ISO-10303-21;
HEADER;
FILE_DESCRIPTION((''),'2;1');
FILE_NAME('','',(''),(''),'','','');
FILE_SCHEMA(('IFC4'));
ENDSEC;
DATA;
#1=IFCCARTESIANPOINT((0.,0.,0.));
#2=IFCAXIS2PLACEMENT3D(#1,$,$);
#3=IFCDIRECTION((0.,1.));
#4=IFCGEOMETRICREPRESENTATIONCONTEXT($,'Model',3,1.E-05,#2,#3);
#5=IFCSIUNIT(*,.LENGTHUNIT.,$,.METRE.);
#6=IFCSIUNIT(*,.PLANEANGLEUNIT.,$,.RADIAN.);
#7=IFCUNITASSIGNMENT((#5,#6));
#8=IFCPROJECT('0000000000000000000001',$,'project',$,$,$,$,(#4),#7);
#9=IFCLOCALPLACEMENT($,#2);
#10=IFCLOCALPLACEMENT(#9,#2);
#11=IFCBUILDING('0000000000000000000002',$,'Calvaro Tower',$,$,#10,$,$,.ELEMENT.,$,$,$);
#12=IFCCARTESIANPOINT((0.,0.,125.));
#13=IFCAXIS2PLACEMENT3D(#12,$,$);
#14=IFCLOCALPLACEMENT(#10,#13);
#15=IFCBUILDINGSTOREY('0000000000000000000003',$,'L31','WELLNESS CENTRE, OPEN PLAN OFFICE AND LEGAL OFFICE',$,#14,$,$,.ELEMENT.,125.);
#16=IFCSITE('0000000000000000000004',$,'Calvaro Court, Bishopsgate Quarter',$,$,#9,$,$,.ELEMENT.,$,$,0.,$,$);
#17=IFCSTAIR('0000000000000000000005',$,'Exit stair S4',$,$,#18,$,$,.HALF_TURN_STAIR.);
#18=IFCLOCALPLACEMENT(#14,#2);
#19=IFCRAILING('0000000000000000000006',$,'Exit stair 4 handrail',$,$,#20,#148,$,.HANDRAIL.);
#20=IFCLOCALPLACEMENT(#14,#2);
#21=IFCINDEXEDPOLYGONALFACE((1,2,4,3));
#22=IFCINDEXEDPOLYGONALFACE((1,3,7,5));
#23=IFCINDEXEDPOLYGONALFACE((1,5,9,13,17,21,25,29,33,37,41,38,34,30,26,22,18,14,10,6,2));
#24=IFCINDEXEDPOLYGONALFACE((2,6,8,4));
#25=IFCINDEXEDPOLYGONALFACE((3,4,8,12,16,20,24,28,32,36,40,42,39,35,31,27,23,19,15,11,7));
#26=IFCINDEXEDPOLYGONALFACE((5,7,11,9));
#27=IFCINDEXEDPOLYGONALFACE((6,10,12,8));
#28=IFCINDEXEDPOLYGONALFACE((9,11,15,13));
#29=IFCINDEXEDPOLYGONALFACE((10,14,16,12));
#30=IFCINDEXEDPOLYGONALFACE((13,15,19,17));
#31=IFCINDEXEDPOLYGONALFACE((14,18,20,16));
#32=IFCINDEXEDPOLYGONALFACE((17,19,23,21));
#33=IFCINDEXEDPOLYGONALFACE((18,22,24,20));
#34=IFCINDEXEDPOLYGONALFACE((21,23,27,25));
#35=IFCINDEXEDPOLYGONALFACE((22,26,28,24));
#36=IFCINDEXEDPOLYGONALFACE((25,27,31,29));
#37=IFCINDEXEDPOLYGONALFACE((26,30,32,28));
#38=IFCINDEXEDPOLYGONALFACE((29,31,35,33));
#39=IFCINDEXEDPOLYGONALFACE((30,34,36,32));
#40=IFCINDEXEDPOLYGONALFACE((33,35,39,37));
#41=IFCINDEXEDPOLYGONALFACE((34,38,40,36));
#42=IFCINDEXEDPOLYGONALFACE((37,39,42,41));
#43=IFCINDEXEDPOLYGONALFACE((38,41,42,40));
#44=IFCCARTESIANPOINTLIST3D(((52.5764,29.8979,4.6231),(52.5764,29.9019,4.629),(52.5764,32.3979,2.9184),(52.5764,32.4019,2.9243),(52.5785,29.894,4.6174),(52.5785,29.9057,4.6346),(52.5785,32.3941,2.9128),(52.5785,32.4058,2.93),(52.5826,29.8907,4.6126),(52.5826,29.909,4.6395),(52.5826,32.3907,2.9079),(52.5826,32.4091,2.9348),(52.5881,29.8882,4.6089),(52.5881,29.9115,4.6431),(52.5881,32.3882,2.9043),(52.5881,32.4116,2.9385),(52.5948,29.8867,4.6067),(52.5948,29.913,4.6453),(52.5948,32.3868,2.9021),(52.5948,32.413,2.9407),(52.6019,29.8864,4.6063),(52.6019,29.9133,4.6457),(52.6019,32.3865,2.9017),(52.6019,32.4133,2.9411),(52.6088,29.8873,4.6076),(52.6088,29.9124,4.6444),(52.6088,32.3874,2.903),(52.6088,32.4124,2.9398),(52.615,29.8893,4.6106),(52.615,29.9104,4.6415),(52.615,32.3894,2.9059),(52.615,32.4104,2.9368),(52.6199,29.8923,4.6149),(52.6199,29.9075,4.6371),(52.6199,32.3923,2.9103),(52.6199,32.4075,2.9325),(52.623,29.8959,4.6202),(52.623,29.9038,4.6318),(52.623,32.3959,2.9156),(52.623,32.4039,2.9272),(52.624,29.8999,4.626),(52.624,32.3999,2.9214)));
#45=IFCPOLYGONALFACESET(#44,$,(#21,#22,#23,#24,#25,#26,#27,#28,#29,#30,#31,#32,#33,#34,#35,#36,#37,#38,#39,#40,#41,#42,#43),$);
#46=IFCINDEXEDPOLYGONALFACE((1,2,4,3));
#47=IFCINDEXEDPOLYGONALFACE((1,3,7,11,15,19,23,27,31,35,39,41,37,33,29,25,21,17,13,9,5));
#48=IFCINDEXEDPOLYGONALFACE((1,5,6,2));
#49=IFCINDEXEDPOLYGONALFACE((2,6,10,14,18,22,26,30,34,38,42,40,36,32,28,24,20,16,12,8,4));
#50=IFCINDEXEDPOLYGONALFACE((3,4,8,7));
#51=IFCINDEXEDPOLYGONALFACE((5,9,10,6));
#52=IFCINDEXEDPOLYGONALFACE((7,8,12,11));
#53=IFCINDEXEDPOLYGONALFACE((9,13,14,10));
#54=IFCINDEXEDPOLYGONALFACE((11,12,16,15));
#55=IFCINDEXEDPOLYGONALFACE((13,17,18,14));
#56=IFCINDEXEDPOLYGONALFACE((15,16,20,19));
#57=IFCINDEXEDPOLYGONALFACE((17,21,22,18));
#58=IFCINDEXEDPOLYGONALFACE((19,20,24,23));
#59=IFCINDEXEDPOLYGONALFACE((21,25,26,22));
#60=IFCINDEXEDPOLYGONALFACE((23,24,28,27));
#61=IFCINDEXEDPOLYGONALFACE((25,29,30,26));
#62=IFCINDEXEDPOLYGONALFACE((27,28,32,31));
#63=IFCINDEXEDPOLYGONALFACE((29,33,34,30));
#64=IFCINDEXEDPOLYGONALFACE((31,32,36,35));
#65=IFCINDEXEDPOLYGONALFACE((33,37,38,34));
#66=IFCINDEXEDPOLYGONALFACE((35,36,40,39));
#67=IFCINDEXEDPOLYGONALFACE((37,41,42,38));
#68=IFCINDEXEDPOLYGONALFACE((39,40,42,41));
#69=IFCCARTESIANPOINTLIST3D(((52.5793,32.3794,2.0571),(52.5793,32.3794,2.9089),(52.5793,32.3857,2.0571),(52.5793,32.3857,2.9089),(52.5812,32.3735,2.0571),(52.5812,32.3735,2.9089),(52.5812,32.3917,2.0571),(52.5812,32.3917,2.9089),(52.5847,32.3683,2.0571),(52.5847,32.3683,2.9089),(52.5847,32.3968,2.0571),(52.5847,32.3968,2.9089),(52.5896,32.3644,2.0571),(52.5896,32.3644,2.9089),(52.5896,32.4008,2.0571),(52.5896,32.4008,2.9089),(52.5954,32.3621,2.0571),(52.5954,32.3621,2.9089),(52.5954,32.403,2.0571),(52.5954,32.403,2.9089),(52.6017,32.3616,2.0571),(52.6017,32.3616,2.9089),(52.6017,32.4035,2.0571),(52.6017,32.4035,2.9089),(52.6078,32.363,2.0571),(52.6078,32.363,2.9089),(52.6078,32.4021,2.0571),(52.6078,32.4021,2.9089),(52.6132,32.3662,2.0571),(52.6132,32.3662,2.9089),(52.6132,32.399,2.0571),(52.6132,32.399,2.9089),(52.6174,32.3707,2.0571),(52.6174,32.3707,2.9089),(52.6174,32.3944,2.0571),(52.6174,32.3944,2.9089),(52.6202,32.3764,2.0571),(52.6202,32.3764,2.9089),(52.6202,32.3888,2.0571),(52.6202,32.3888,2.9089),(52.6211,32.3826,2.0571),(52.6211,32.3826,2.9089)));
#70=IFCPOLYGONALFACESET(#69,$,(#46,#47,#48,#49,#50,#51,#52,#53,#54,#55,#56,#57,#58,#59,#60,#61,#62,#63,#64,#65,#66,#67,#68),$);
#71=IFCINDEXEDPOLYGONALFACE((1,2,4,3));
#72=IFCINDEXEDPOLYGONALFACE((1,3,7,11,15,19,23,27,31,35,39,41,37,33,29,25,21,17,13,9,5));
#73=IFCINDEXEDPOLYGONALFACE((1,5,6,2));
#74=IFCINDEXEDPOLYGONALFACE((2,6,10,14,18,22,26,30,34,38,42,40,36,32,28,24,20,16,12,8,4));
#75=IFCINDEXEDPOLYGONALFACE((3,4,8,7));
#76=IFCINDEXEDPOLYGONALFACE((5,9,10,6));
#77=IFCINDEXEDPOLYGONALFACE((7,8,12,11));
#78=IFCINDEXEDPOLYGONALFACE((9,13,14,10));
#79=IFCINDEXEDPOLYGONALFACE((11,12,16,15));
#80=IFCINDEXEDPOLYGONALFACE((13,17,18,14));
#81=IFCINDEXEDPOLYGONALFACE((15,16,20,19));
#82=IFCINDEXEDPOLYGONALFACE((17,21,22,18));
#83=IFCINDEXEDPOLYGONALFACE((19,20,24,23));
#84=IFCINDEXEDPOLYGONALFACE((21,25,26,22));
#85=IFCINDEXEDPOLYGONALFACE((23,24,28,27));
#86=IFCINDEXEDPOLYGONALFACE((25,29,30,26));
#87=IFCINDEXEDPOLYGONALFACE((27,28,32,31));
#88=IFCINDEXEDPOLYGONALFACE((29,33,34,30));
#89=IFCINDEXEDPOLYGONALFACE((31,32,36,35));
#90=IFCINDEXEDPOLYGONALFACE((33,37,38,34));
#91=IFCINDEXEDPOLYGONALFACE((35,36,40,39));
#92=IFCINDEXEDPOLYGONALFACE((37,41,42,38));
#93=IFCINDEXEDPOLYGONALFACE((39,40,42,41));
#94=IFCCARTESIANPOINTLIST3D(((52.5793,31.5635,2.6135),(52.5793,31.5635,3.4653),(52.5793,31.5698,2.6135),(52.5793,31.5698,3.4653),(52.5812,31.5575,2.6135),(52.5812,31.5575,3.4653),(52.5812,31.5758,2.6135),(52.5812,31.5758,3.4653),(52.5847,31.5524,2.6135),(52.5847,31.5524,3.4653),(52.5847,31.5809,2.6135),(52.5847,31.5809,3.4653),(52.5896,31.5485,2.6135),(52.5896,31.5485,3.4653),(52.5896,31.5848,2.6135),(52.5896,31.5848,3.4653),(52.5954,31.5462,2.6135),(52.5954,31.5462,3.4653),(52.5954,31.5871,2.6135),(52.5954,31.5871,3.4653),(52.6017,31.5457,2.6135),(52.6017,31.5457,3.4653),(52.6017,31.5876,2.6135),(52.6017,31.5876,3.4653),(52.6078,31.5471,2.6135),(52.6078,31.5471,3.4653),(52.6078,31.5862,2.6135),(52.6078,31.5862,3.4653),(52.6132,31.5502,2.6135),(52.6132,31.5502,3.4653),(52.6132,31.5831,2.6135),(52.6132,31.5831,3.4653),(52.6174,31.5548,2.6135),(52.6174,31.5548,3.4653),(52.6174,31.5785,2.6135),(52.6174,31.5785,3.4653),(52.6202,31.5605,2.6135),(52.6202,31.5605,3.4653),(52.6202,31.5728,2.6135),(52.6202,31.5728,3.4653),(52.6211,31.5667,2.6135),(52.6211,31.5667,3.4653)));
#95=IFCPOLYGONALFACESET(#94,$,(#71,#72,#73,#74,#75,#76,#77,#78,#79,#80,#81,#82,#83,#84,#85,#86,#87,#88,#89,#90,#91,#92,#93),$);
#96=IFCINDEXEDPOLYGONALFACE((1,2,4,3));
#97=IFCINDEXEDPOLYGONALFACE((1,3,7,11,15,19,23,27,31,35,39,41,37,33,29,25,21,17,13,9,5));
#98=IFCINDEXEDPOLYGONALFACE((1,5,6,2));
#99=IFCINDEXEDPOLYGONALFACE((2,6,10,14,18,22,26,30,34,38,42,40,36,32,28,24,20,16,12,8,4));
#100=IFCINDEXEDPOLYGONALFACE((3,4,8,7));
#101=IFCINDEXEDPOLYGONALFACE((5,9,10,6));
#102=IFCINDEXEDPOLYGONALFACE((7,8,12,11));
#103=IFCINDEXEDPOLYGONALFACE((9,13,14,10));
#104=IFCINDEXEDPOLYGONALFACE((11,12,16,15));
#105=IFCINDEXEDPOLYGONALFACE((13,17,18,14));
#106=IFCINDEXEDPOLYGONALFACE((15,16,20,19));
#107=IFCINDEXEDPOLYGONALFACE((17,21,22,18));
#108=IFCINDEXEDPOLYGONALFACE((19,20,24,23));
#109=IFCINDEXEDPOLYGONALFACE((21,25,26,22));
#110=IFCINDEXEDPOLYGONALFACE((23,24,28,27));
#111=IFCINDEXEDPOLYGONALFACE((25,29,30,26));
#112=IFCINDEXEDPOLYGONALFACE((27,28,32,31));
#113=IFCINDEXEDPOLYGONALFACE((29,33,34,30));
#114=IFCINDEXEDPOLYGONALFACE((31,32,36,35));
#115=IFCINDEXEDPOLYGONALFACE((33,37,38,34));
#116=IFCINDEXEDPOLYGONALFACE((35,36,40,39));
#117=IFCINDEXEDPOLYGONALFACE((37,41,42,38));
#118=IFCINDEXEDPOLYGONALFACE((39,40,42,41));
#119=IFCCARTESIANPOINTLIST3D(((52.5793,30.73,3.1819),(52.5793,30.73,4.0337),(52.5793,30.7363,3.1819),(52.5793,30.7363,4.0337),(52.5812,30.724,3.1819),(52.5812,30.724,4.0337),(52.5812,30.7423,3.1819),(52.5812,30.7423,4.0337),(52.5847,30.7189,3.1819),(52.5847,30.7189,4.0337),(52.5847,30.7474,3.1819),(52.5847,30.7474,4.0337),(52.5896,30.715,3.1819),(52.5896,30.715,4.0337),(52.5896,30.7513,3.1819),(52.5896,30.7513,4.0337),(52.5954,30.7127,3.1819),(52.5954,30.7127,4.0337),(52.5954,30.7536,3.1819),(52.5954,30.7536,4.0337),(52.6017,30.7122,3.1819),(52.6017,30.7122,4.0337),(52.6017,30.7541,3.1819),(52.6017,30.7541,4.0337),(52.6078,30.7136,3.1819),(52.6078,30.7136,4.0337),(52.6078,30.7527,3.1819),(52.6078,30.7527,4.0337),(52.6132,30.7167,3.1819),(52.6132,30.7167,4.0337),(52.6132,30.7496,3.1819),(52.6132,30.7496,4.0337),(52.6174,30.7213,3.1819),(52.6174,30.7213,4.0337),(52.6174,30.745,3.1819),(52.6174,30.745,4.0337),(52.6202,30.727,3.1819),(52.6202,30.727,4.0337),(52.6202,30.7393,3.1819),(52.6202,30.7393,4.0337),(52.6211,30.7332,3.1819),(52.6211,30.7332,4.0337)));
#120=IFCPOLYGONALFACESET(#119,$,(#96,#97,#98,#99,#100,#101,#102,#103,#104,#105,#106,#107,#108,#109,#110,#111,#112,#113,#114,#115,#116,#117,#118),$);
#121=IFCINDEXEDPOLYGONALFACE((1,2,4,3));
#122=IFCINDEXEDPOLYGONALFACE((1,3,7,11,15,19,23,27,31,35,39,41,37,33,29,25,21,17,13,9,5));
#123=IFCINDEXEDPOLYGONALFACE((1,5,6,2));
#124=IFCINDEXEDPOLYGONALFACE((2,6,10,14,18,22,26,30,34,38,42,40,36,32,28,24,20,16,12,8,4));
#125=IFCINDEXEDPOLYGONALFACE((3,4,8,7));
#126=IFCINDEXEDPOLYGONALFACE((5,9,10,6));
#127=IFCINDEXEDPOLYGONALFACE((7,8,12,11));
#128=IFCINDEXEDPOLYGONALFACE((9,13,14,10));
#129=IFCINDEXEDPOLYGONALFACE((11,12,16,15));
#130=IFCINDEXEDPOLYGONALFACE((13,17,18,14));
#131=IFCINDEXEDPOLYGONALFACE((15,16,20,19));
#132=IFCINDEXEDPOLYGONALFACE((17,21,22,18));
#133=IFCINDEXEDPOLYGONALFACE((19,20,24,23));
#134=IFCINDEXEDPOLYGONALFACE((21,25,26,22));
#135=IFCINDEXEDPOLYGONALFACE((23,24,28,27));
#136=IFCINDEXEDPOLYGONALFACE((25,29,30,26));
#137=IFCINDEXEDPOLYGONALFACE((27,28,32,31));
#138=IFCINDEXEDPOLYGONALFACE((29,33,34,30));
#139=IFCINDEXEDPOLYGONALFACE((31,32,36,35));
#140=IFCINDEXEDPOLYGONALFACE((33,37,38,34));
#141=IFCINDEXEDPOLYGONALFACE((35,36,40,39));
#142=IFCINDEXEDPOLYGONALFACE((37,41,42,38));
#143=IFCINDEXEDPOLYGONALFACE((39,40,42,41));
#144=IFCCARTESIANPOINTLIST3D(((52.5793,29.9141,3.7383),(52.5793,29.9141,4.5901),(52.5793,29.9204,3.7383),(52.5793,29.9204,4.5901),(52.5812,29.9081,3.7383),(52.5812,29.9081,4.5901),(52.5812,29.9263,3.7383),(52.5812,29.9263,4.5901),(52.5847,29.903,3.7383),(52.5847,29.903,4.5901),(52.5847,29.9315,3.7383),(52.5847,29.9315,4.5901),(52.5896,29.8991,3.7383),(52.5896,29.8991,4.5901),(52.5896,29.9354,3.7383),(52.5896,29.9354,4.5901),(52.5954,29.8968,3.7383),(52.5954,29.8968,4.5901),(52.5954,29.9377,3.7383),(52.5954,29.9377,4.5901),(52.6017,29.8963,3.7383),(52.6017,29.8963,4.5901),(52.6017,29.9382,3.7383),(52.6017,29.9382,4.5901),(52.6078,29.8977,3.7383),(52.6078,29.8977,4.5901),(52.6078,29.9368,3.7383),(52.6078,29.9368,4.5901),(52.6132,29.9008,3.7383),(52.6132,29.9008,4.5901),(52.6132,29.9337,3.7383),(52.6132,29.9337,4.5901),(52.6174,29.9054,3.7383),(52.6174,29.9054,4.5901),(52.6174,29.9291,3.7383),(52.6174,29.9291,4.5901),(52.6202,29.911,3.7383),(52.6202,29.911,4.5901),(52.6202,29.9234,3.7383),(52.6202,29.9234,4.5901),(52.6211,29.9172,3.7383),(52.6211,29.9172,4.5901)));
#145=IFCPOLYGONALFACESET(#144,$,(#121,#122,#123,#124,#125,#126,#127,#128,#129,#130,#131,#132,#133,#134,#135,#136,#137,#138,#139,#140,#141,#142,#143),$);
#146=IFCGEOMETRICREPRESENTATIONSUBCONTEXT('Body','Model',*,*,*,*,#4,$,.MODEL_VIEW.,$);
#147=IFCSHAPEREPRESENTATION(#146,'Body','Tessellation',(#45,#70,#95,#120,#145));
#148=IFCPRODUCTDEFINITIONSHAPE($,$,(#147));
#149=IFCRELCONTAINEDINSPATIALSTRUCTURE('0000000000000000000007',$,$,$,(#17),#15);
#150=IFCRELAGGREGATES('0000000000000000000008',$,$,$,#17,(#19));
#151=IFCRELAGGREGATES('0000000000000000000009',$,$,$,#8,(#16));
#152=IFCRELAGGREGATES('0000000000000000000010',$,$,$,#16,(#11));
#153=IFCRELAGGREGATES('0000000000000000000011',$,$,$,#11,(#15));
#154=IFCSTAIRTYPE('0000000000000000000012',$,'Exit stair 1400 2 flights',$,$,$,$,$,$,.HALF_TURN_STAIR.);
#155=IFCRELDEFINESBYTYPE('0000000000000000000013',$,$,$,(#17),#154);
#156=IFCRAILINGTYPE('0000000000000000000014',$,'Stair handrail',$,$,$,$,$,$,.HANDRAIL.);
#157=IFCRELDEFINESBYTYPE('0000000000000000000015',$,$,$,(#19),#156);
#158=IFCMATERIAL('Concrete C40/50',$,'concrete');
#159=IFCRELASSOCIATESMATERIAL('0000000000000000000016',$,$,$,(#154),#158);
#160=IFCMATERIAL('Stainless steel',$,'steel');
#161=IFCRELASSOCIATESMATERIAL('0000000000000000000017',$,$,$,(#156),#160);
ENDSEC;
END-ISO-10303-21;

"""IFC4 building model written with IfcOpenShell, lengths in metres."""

from ifc_helpers import new_model, si_unit, direction, frame, origin, origin_2d, place, context, subcontext, project, spatial, circle, extrude, material, type_object, element, aggregate, save


model = new_model("IFC4")

# Units and contexts
model_context = context("Model", 3, precision=1e-05, world=origin(), true_north=direction((0.0, 1.0)))
body_context = subcontext(model_context, "Body", "Model", "MODEL_VIEW")
ifc_project = project(units=[si_unit("LENGTHUNIT", "METRE"), si_unit("PLANEANGLEUNIT", "RADIAN")], contexts=[model_context])

# Site, building, storey
site_placement = place(None, origin())
site = spatial("IfcSite", under=ifc_project, at=site_placement, Name="Calvaro Court, Bishopsgate Quarter", CompositionType="ELEMENT", RefElevation=0.0)
building_placement = place(site_placement, origin())
building = spatial("IfcBuilding", under=site, at=building_placement, Name="Calvaro Tower", CompositionType="ELEMENT")
storey_placement = place(building_placement, frame((0.0, 0.0, 125.0)))
storey = spatial("IfcBuildingStorey", under=building, at=storey_placement, Name="L31", Description="WELLNESS CENTRE, OPEN PLAN OFFICE AND LEGAL OFFICE", CompositionType="ELEMENT", Elevation=125.0)

# Stair
ifc_material_1 = material(Name="Concrete C40/50", Category="concrete")
stair_type = type_object("IfcStairType", Name="Exit stair 1400 2 flights", PredefinedType="HALF_TURN_STAIR", material=ifc_material_1)
stair_1_placement = place(storey_placement, origin())
stair_1 = element("IfcStair", 1, at=stair_1_placement, inside=storey, type_object=stair_type, Name="Exit stair S4", PredefinedType="HALF_TURN_STAIR")

# Railing
ifc_material_2 = material(Name="Stainless steel", Category="steel")
railing_type = type_object("IfcRailingType", Name="Stair handrail", PredefinedType="HANDRAIL", material=ifc_material_2)
railing_1_placement = place(storey_placement, frame((52.6001, 32.3999, 2.0454)))
railing_1 = element("IfcRailing", 2, at=railing_1_placement, type_object=railing_type, Name="Exit stair 4 handrail", PredefinedType="HANDRAIL", context=body_context, shape_type="SweptSolid", body=[
    extrude(circle(Radius=0.0239, at=origin_2d()), frame((0.0, 0.0, 0.876), z_axis=(0.0, -0.826221, 0.563347), x_axis=(1.0, 0.0, 0.0)), (0.0, 0.0, 1.0), 3.0259),
    extrude(circle(Radius=0.021, at=origin_2d()), frame((0.0, -0.0173, 0.0117)), (0.0, 0.0, 1.0), 0.8518),
    extrude(circle(Radius=0.021, at=origin_2d()), frame((0.0, -0.8333, 0.5681)), (0.0, 0.0, 1.0), 0.8518),
    extrude(circle(Radius=0.021, at=origin_2d()), frame((0.0, -1.6667, 1.1365)), (0.0, 0.0, 1.0), 0.8518),
    extrude(circle(Radius=0.021, at=origin_2d()), frame((0.0, -2.4827, 1.6929)), (0.0, 0.0, 1.0), 0.8518),
])
aggregate(stair_1, [railing_1])

save(model, "model.ifc")
